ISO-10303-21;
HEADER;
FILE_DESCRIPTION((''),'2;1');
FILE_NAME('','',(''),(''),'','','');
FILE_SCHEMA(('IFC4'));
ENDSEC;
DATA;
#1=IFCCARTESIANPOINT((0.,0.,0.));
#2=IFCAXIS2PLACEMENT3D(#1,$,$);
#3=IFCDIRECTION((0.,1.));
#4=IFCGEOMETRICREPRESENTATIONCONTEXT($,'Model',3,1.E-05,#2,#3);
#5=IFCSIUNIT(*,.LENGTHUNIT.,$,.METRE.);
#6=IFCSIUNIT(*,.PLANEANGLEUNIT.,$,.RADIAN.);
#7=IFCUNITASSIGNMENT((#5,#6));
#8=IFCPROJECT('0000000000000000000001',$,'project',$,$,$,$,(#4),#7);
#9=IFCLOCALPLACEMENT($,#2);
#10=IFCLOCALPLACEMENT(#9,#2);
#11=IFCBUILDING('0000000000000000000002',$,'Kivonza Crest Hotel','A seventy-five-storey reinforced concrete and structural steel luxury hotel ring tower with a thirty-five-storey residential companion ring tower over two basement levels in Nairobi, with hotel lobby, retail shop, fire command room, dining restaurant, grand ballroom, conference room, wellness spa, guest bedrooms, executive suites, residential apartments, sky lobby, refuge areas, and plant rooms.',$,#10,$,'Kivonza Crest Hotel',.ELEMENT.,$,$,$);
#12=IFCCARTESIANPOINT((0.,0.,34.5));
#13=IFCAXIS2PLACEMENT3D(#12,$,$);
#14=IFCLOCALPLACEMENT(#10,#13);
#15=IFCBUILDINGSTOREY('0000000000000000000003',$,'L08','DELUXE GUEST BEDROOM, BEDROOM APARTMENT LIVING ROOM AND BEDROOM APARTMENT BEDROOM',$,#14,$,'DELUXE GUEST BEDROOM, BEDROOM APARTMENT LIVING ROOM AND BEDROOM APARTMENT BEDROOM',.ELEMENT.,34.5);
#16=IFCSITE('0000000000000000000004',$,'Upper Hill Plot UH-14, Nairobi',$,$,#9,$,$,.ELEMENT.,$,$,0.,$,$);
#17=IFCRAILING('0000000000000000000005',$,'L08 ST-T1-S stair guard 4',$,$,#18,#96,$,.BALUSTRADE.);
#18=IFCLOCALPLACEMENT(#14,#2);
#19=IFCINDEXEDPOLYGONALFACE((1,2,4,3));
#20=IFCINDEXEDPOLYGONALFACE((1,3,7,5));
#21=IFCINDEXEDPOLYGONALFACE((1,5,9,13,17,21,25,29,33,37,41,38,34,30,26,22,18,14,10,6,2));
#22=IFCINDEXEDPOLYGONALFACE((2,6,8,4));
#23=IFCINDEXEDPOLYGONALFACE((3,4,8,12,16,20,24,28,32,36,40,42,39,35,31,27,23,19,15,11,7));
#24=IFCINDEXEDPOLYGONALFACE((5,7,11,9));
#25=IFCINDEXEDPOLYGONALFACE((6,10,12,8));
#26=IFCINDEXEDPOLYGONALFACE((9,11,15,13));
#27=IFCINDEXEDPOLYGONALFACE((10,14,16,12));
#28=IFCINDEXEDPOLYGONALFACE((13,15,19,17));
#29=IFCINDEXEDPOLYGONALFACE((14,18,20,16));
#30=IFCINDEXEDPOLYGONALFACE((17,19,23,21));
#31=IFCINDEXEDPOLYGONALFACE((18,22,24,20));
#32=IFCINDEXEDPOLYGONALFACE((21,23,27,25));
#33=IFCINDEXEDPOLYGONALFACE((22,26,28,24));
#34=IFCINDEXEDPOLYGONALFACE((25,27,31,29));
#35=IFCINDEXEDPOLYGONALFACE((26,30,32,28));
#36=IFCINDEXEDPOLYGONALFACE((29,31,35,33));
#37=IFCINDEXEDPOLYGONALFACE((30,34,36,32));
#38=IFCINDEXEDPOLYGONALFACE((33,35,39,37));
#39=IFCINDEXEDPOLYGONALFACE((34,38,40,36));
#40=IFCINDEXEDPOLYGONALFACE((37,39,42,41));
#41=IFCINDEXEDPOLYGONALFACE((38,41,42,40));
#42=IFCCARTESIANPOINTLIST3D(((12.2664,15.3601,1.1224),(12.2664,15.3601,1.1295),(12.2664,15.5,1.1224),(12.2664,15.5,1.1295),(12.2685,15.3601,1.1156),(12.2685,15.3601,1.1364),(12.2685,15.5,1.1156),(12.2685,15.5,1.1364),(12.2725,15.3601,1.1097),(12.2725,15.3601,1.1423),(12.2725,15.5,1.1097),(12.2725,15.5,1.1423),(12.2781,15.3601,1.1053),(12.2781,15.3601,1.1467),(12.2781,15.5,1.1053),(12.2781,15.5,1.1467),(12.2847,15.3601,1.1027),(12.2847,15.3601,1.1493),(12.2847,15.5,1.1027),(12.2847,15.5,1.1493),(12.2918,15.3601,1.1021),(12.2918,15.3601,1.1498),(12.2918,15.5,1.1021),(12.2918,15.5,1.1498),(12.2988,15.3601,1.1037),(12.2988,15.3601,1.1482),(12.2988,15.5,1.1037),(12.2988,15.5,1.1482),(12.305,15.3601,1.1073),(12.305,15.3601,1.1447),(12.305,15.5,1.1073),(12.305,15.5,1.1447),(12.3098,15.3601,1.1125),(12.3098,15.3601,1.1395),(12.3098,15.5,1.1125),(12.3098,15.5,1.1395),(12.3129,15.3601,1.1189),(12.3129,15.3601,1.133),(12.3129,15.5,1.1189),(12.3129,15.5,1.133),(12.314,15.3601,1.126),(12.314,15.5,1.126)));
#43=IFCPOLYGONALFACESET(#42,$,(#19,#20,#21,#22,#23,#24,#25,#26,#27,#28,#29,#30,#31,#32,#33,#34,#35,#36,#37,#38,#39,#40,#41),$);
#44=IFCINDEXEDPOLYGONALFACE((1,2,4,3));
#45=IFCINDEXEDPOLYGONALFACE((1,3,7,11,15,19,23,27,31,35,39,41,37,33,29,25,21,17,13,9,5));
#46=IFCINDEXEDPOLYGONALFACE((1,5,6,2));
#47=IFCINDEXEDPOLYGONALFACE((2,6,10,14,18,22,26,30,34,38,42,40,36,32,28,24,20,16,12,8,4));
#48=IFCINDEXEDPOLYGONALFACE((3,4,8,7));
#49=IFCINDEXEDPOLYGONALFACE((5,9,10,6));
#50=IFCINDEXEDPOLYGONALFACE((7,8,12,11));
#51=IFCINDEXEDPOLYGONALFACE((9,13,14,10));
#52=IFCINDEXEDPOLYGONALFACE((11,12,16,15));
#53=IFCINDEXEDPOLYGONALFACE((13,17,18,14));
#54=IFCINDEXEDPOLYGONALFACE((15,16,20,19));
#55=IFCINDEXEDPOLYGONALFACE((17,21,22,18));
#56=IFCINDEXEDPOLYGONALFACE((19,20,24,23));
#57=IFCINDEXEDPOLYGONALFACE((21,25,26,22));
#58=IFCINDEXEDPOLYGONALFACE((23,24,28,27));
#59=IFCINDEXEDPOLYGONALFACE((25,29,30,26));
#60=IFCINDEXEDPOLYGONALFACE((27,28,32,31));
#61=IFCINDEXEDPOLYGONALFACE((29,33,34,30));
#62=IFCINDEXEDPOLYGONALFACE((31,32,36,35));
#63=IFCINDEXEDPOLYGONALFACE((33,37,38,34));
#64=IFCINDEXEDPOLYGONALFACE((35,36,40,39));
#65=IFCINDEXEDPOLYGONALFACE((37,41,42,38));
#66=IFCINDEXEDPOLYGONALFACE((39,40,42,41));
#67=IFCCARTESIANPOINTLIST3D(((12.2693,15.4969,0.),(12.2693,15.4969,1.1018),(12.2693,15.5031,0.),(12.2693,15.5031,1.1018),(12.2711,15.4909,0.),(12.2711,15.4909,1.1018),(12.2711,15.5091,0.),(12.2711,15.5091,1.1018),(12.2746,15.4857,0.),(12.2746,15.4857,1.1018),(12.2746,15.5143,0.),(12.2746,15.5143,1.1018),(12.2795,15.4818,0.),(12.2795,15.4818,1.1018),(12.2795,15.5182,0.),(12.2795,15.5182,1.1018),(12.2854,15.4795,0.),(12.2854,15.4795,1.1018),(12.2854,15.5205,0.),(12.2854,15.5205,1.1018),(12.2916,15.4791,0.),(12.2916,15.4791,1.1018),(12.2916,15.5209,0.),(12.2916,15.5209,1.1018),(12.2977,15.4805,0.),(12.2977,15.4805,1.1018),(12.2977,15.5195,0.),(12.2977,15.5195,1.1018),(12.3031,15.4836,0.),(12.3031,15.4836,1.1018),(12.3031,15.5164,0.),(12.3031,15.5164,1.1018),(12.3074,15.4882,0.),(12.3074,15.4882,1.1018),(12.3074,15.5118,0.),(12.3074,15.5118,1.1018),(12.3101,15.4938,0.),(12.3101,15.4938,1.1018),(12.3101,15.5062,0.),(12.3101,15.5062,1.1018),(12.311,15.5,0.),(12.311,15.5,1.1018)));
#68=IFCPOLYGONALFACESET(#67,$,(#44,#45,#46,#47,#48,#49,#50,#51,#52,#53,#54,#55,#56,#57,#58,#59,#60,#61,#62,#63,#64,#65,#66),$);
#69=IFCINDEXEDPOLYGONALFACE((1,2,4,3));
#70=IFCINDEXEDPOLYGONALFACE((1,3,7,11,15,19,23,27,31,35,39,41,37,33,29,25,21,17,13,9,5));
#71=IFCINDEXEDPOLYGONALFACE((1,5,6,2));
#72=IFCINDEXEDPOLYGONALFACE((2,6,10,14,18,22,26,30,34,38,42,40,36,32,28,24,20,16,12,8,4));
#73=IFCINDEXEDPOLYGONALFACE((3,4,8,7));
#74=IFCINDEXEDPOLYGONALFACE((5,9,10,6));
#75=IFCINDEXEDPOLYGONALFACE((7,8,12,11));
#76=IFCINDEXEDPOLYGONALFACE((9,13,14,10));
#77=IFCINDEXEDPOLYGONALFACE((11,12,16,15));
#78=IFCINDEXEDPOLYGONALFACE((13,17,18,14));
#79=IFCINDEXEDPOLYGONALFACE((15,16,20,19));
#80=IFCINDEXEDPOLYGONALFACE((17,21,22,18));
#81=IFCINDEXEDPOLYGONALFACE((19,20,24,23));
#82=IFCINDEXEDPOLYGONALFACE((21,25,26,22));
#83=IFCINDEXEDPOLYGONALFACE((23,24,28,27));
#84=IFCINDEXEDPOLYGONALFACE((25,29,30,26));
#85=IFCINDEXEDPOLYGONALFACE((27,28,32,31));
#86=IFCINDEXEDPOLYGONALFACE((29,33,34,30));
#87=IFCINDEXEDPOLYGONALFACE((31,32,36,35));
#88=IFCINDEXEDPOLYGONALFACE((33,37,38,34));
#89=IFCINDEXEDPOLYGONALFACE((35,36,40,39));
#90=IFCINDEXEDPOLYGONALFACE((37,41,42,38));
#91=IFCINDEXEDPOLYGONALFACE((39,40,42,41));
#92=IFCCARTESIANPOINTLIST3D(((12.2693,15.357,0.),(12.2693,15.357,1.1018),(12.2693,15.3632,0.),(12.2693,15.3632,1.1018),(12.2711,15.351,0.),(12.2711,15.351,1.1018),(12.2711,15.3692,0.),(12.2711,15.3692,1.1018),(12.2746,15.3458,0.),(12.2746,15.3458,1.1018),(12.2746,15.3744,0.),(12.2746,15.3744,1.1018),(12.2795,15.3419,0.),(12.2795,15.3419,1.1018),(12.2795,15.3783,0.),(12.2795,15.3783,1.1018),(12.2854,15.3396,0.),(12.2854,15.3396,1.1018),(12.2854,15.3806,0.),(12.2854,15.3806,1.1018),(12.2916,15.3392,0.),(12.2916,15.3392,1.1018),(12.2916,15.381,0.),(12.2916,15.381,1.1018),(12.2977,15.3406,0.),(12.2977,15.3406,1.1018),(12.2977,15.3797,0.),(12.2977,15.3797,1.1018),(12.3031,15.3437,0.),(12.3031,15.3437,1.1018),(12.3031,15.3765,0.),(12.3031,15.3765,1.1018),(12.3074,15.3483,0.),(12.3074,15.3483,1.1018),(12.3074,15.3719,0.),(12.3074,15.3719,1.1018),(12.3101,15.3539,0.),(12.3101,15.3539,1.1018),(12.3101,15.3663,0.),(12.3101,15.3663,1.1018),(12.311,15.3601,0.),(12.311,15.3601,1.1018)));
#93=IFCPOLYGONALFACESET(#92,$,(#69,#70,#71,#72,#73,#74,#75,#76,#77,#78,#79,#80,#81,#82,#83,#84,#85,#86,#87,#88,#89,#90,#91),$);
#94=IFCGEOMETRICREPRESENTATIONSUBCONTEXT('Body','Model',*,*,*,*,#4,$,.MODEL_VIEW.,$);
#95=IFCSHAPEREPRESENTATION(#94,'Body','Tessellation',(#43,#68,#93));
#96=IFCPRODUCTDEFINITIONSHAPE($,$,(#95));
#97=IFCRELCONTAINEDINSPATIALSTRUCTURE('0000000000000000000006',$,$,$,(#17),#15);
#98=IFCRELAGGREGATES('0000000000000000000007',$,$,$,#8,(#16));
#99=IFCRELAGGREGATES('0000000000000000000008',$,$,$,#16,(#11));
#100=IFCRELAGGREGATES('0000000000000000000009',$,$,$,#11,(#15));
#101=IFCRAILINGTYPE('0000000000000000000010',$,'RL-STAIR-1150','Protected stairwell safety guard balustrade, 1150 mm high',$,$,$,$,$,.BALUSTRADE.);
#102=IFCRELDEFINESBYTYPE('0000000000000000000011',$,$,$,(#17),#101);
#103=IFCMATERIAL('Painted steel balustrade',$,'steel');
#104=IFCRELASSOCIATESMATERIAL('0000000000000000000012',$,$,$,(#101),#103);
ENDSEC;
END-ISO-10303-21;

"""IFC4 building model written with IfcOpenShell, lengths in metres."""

from ifc_helpers import new_model, si_unit, direction, frame, origin, origin_2d, place, context, subcontext, project, spatial, circle, extrude, material, type_object, element, save


model = new_model("IFC4")

# Units and contexts
model_context = context("Model", 3, precision=1e-05, world=origin(), true_north=direction((0.0, 1.0)))
body_context = subcontext(model_context, "Body", "Model", "MODEL_VIEW")
ifc_project = project(units=[si_unit("LENGTHUNIT", "METRE"), si_unit("PLANEANGLEUNIT", "RADIAN")], contexts=[model_context])

# Site, building, storey
site_placement = place(None, origin())
site = spatial("IfcSite", under=ifc_project, at=site_placement, Name="Upper Hill Plot UH-14, Nairobi", CompositionType="ELEMENT", RefElevation=0.0)
building_placement = place(site_placement, origin())
building = spatial("IfcBuilding", under=site, at=building_placement, Name="Kivonza Crest Hotel", Description="A seventy-five-storey reinforced concrete and structural steel luxury hotel ring tower with a thirty-five-storey residential companion ring tower over two basement levels in Nairobi, with hotel lobby, retail shop, fire command room, dining restaurant, grand ballroom, conference room, wellness spa, guest bedrooms, executive suites, residential apartments, sky lobby, refuge areas, and plant rooms.", LongName="Kivonza Crest Hotel", CompositionType="ELEMENT")
storey_placement = place(building_placement, frame((0.0, 0.0, 34.5)))
storey = spatial("IfcBuildingStorey", under=building, at=storey_placement, Name="L08", Description="DELUXE GUEST BEDROOM, BEDROOM APARTMENT LIVING ROOM AND BEDROOM APARTMENT BEDROOM", LongName="DELUXE GUEST BEDROOM, BEDROOM APARTMENT LIVING ROOM AND BEDROOM APARTMENT BEDROOM", CompositionType="ELEMENT", Elevation=34.5)

# Railing
ifc_material_1 = material(Name="Painted steel balustrade", Category="steel")
railing_type_1 = type_object("IfcRailingType", Name="RL-STAIR-1150", Description="Protected stairwell safety guard balustrade, 1150 mm high", PredefinedType="BALUSTRADE", material=ifc_material_1)
railing_1_placement = place(storey_placement, frame((12.29, 15.5, 0.0)))
element("IfcRailing", 1, at=railing_1_placement, inside=storey, type_object=railing_type_1, Name="L08 ST-T1-S stair guard 4", PredefinedType="BALUSTRADE", context=body_context, shape_type="SweptSolid", body=[
    extrude(circle(Radius=0.0239, at=origin_2d()), frame((0.0, 0.0, 1.126), z_axis=(0.0, -1.0, 0.0), x_axis=(1.0, 0.0, 0.0)), (0.0, 0.0, 1.0), 0.1399),
    extrude(circle(Radius=0.021, at=origin_2d()), origin(), (0.0, 0.0, 1.0), 1.1018),
    extrude(circle(Radius=0.021, at=origin_2d()), frame((0.0, -0.1399, 0.0)), (0.0, 0.0, 1.0), 1.1018),
])

save(model, "model.ifc")
